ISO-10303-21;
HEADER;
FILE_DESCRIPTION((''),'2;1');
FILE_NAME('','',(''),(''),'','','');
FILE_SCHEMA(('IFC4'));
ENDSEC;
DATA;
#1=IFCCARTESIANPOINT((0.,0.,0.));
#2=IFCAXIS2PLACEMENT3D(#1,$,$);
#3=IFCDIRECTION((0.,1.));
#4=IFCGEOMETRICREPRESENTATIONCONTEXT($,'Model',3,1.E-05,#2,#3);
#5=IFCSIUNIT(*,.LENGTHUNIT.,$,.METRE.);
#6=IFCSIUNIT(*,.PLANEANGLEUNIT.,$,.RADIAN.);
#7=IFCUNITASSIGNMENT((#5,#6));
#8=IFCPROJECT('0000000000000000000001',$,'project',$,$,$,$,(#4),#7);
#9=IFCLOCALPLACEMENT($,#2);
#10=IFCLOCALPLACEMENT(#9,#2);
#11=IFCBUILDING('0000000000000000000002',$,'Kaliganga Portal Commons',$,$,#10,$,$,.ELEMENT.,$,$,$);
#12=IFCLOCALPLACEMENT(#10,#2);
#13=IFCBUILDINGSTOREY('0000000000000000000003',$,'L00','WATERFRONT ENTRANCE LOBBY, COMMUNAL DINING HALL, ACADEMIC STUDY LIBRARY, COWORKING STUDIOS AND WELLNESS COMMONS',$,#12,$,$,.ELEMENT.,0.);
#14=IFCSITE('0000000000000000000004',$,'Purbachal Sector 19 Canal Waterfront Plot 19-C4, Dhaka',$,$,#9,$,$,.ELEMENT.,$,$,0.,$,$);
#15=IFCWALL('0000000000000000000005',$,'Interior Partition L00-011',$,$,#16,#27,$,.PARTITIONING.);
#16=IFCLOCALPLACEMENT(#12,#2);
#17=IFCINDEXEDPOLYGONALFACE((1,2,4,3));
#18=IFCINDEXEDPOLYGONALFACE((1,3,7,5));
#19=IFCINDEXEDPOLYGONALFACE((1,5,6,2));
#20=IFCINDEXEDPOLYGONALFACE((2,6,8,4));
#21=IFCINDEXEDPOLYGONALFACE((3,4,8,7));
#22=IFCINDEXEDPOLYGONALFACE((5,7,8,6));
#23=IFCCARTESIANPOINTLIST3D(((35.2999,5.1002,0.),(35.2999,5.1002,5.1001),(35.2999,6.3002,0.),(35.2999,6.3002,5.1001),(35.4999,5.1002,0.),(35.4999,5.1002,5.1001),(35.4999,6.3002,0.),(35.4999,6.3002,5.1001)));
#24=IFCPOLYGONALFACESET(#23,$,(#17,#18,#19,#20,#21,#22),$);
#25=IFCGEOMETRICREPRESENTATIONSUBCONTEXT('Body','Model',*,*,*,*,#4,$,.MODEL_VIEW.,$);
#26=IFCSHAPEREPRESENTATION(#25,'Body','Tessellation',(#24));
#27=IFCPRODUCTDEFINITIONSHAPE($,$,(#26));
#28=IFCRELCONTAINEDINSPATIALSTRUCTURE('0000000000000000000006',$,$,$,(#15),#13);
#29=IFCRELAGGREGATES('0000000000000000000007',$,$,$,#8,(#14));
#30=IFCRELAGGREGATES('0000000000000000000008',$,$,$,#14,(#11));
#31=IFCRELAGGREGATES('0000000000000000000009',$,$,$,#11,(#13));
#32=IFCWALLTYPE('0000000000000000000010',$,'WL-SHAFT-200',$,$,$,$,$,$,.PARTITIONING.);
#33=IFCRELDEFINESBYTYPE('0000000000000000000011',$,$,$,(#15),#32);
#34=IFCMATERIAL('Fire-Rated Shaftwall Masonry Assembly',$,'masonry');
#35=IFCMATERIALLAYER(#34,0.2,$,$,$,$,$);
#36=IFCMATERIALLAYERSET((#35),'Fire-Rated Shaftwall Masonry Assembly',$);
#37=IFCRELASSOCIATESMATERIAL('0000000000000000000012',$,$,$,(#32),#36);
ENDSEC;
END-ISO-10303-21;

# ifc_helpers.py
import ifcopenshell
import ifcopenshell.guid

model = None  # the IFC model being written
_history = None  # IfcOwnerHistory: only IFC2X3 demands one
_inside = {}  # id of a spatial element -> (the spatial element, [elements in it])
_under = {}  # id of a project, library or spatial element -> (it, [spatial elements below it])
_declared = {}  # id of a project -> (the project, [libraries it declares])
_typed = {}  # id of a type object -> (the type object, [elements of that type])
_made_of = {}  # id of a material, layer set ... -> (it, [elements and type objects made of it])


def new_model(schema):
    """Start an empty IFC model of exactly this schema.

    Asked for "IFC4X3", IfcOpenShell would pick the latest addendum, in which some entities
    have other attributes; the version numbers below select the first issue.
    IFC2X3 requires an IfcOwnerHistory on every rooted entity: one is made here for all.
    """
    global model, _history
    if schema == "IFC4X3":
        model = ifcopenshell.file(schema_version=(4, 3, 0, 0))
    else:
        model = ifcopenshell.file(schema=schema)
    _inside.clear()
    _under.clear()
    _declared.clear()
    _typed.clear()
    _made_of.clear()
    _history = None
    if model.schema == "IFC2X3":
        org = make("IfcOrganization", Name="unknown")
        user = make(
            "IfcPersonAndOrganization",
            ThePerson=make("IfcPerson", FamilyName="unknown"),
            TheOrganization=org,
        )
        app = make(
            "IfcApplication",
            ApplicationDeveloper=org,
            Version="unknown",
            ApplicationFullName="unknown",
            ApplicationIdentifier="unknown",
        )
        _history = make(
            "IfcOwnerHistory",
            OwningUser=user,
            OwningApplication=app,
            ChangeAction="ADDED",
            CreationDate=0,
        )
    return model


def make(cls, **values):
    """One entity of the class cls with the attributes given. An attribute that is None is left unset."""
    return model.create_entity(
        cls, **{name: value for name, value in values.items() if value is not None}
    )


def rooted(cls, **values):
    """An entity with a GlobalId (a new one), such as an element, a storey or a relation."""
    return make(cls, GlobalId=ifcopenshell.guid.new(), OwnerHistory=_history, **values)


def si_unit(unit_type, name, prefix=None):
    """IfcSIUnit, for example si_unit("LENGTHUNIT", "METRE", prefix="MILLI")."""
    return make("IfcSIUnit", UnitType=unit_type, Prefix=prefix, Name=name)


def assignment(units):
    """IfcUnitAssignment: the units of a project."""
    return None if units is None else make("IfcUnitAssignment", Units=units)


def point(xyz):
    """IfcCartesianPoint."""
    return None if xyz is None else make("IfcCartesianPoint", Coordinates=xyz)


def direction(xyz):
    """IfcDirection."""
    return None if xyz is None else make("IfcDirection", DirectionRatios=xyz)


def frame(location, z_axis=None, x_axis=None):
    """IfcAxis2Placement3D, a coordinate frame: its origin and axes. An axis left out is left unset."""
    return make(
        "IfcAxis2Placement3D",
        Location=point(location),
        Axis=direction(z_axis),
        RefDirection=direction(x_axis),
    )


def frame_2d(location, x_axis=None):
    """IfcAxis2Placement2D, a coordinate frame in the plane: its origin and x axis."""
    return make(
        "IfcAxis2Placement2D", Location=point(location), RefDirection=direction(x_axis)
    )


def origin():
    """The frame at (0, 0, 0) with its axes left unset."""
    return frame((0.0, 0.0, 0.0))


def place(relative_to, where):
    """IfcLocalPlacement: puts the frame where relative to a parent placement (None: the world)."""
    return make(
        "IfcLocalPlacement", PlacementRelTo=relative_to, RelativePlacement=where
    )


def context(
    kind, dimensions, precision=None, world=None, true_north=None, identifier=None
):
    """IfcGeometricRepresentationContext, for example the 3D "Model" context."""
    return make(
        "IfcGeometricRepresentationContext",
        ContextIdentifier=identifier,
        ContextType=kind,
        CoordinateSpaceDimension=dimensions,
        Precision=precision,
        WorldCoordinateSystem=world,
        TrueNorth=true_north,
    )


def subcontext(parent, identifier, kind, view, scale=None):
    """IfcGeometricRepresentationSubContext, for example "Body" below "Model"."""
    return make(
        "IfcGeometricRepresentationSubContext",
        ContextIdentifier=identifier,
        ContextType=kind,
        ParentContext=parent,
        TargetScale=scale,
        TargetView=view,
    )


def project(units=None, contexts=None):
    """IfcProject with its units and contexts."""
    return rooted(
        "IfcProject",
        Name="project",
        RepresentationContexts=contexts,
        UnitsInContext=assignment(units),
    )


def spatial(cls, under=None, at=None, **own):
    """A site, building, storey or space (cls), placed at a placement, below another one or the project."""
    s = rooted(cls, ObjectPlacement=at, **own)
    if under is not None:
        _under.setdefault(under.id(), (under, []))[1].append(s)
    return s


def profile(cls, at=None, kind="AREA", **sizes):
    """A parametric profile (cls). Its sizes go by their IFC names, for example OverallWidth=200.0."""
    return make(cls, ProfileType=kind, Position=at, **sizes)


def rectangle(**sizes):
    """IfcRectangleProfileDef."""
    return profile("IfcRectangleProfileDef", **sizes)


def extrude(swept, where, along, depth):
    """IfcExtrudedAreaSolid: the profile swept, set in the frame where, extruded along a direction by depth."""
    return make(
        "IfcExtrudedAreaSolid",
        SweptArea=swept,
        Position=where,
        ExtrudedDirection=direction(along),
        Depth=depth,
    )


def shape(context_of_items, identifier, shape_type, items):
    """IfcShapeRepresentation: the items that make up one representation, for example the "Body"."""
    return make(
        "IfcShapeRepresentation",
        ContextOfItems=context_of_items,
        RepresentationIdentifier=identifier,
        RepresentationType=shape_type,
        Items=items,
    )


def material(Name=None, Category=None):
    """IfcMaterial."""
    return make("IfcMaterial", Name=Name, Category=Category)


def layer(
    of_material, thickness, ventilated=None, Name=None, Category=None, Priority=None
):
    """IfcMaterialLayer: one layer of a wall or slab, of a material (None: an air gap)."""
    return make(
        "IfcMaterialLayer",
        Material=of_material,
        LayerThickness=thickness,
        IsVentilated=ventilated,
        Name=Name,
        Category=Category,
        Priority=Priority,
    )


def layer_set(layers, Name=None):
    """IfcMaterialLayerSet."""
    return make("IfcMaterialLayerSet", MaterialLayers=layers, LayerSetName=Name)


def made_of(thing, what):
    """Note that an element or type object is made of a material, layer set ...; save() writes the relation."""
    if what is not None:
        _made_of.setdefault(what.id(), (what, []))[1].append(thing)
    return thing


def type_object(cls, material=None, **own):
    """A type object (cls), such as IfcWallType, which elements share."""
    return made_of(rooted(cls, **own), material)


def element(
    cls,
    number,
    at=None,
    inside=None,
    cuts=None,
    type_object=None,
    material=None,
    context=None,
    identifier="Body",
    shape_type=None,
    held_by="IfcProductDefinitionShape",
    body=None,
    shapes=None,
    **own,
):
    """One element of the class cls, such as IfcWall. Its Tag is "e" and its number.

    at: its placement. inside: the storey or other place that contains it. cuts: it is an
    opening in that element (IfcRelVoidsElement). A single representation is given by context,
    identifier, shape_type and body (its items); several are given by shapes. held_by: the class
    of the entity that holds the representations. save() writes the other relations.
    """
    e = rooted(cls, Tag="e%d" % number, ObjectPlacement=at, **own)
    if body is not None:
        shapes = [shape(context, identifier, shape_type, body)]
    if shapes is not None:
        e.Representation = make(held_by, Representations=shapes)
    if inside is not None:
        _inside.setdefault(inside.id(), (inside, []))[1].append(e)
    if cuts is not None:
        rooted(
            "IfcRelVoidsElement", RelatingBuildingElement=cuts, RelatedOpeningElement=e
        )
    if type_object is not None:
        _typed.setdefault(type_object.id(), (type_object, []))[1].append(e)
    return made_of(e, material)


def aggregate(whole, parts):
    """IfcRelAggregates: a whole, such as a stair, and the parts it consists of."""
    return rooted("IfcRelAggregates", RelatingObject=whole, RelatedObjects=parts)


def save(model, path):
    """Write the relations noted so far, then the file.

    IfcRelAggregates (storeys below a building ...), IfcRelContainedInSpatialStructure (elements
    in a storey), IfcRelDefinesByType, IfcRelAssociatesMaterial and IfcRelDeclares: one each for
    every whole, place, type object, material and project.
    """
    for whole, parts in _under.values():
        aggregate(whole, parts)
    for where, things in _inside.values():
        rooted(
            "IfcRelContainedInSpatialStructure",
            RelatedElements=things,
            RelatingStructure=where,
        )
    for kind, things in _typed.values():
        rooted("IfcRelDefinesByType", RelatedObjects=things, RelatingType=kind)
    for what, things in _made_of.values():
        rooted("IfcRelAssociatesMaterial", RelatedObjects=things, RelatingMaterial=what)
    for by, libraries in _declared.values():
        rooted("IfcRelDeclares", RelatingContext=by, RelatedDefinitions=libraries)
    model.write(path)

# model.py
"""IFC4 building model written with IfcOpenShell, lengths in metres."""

from ifc_helpers import new_model, si_unit, direction, frame, frame_2d, origin, place, context, subcontext, project, spatial, rectangle, extrude, material, layer, layer_set, type_object, element, save


model = new_model("IFC4")

# Units and contexts
model_context = context("Model", 3, precision=1e-05, world=origin(), true_north=direction((0.0, 1.0)))
body_context = subcontext(model_context, "Body", "Model", "MODEL_VIEW")
ifc_project = project(units=[si_unit("LENGTHUNIT", "METRE"), si_unit("PLANEANGLEUNIT", "RADIAN")], contexts=[model_context])

# Site, building, storey
site_placement = place(None, origin())
site = spatial("IfcSite", under=ifc_project, at=site_placement, Name="Purbachal Sector 19 Canal Waterfront Plot 19-C4, Dhaka", CompositionType="ELEMENT", RefElevation=0.0)
building_placement = place(site_placement, origin())
building = spatial("IfcBuilding", under=site, at=building_placement, Name="Kaliganga Portal Commons", CompositionType="ELEMENT")
storey_placement = place(building_placement, origin())
storey = spatial("IfcBuildingStorey", under=building, at=storey_placement, Name="L00", Description="WATERFRONT ENTRANCE LOBBY, COMMUNAL DINING HALL, ACADEMIC STUDY LIBRARY, COWORKING STUDIOS AND WELLNESS COMMONS", CompositionType="ELEMENT", Elevation=0.0)

# Wall
ifc_material_1 = material(Name="Fire-Rated Shaftwall Masonry Assembly", Category="masonry")
ifc_layer_1 = layer(ifc_material_1, 0.2)
ifc_layer_set_1 = layer_set([ifc_layer_1], Name="Fire-Rated Shaftwall Masonry Assembly")
wall_type_1 = type_object("IfcWallType", Name="WL-SHAFT-200", PredefinedType="PARTITIONING", material=ifc_layer_set_1)
wall_1_placement = place(storey_placement, frame((35.3999, 5.1001, 0.0), z_axis=(0.0, 0.0, 1.0), x_axis=(0.0, 1.0, 0.0)))
element("IfcWall", 1, at=wall_1_placement, inside=storey, type_object=wall_type_1, Name="Interior Partition L00-011", PredefinedType="PARTITIONING", context=body_context, shape_type="SweptSolid", body=[
    extrude(rectangle(XDim=1.2, YDim=0.2, at=frame_2d((0.6001, 0.0))), origin(), (0.0, 0.0, 1.0), 5.1001),
])

save(model, "model.ifc")
